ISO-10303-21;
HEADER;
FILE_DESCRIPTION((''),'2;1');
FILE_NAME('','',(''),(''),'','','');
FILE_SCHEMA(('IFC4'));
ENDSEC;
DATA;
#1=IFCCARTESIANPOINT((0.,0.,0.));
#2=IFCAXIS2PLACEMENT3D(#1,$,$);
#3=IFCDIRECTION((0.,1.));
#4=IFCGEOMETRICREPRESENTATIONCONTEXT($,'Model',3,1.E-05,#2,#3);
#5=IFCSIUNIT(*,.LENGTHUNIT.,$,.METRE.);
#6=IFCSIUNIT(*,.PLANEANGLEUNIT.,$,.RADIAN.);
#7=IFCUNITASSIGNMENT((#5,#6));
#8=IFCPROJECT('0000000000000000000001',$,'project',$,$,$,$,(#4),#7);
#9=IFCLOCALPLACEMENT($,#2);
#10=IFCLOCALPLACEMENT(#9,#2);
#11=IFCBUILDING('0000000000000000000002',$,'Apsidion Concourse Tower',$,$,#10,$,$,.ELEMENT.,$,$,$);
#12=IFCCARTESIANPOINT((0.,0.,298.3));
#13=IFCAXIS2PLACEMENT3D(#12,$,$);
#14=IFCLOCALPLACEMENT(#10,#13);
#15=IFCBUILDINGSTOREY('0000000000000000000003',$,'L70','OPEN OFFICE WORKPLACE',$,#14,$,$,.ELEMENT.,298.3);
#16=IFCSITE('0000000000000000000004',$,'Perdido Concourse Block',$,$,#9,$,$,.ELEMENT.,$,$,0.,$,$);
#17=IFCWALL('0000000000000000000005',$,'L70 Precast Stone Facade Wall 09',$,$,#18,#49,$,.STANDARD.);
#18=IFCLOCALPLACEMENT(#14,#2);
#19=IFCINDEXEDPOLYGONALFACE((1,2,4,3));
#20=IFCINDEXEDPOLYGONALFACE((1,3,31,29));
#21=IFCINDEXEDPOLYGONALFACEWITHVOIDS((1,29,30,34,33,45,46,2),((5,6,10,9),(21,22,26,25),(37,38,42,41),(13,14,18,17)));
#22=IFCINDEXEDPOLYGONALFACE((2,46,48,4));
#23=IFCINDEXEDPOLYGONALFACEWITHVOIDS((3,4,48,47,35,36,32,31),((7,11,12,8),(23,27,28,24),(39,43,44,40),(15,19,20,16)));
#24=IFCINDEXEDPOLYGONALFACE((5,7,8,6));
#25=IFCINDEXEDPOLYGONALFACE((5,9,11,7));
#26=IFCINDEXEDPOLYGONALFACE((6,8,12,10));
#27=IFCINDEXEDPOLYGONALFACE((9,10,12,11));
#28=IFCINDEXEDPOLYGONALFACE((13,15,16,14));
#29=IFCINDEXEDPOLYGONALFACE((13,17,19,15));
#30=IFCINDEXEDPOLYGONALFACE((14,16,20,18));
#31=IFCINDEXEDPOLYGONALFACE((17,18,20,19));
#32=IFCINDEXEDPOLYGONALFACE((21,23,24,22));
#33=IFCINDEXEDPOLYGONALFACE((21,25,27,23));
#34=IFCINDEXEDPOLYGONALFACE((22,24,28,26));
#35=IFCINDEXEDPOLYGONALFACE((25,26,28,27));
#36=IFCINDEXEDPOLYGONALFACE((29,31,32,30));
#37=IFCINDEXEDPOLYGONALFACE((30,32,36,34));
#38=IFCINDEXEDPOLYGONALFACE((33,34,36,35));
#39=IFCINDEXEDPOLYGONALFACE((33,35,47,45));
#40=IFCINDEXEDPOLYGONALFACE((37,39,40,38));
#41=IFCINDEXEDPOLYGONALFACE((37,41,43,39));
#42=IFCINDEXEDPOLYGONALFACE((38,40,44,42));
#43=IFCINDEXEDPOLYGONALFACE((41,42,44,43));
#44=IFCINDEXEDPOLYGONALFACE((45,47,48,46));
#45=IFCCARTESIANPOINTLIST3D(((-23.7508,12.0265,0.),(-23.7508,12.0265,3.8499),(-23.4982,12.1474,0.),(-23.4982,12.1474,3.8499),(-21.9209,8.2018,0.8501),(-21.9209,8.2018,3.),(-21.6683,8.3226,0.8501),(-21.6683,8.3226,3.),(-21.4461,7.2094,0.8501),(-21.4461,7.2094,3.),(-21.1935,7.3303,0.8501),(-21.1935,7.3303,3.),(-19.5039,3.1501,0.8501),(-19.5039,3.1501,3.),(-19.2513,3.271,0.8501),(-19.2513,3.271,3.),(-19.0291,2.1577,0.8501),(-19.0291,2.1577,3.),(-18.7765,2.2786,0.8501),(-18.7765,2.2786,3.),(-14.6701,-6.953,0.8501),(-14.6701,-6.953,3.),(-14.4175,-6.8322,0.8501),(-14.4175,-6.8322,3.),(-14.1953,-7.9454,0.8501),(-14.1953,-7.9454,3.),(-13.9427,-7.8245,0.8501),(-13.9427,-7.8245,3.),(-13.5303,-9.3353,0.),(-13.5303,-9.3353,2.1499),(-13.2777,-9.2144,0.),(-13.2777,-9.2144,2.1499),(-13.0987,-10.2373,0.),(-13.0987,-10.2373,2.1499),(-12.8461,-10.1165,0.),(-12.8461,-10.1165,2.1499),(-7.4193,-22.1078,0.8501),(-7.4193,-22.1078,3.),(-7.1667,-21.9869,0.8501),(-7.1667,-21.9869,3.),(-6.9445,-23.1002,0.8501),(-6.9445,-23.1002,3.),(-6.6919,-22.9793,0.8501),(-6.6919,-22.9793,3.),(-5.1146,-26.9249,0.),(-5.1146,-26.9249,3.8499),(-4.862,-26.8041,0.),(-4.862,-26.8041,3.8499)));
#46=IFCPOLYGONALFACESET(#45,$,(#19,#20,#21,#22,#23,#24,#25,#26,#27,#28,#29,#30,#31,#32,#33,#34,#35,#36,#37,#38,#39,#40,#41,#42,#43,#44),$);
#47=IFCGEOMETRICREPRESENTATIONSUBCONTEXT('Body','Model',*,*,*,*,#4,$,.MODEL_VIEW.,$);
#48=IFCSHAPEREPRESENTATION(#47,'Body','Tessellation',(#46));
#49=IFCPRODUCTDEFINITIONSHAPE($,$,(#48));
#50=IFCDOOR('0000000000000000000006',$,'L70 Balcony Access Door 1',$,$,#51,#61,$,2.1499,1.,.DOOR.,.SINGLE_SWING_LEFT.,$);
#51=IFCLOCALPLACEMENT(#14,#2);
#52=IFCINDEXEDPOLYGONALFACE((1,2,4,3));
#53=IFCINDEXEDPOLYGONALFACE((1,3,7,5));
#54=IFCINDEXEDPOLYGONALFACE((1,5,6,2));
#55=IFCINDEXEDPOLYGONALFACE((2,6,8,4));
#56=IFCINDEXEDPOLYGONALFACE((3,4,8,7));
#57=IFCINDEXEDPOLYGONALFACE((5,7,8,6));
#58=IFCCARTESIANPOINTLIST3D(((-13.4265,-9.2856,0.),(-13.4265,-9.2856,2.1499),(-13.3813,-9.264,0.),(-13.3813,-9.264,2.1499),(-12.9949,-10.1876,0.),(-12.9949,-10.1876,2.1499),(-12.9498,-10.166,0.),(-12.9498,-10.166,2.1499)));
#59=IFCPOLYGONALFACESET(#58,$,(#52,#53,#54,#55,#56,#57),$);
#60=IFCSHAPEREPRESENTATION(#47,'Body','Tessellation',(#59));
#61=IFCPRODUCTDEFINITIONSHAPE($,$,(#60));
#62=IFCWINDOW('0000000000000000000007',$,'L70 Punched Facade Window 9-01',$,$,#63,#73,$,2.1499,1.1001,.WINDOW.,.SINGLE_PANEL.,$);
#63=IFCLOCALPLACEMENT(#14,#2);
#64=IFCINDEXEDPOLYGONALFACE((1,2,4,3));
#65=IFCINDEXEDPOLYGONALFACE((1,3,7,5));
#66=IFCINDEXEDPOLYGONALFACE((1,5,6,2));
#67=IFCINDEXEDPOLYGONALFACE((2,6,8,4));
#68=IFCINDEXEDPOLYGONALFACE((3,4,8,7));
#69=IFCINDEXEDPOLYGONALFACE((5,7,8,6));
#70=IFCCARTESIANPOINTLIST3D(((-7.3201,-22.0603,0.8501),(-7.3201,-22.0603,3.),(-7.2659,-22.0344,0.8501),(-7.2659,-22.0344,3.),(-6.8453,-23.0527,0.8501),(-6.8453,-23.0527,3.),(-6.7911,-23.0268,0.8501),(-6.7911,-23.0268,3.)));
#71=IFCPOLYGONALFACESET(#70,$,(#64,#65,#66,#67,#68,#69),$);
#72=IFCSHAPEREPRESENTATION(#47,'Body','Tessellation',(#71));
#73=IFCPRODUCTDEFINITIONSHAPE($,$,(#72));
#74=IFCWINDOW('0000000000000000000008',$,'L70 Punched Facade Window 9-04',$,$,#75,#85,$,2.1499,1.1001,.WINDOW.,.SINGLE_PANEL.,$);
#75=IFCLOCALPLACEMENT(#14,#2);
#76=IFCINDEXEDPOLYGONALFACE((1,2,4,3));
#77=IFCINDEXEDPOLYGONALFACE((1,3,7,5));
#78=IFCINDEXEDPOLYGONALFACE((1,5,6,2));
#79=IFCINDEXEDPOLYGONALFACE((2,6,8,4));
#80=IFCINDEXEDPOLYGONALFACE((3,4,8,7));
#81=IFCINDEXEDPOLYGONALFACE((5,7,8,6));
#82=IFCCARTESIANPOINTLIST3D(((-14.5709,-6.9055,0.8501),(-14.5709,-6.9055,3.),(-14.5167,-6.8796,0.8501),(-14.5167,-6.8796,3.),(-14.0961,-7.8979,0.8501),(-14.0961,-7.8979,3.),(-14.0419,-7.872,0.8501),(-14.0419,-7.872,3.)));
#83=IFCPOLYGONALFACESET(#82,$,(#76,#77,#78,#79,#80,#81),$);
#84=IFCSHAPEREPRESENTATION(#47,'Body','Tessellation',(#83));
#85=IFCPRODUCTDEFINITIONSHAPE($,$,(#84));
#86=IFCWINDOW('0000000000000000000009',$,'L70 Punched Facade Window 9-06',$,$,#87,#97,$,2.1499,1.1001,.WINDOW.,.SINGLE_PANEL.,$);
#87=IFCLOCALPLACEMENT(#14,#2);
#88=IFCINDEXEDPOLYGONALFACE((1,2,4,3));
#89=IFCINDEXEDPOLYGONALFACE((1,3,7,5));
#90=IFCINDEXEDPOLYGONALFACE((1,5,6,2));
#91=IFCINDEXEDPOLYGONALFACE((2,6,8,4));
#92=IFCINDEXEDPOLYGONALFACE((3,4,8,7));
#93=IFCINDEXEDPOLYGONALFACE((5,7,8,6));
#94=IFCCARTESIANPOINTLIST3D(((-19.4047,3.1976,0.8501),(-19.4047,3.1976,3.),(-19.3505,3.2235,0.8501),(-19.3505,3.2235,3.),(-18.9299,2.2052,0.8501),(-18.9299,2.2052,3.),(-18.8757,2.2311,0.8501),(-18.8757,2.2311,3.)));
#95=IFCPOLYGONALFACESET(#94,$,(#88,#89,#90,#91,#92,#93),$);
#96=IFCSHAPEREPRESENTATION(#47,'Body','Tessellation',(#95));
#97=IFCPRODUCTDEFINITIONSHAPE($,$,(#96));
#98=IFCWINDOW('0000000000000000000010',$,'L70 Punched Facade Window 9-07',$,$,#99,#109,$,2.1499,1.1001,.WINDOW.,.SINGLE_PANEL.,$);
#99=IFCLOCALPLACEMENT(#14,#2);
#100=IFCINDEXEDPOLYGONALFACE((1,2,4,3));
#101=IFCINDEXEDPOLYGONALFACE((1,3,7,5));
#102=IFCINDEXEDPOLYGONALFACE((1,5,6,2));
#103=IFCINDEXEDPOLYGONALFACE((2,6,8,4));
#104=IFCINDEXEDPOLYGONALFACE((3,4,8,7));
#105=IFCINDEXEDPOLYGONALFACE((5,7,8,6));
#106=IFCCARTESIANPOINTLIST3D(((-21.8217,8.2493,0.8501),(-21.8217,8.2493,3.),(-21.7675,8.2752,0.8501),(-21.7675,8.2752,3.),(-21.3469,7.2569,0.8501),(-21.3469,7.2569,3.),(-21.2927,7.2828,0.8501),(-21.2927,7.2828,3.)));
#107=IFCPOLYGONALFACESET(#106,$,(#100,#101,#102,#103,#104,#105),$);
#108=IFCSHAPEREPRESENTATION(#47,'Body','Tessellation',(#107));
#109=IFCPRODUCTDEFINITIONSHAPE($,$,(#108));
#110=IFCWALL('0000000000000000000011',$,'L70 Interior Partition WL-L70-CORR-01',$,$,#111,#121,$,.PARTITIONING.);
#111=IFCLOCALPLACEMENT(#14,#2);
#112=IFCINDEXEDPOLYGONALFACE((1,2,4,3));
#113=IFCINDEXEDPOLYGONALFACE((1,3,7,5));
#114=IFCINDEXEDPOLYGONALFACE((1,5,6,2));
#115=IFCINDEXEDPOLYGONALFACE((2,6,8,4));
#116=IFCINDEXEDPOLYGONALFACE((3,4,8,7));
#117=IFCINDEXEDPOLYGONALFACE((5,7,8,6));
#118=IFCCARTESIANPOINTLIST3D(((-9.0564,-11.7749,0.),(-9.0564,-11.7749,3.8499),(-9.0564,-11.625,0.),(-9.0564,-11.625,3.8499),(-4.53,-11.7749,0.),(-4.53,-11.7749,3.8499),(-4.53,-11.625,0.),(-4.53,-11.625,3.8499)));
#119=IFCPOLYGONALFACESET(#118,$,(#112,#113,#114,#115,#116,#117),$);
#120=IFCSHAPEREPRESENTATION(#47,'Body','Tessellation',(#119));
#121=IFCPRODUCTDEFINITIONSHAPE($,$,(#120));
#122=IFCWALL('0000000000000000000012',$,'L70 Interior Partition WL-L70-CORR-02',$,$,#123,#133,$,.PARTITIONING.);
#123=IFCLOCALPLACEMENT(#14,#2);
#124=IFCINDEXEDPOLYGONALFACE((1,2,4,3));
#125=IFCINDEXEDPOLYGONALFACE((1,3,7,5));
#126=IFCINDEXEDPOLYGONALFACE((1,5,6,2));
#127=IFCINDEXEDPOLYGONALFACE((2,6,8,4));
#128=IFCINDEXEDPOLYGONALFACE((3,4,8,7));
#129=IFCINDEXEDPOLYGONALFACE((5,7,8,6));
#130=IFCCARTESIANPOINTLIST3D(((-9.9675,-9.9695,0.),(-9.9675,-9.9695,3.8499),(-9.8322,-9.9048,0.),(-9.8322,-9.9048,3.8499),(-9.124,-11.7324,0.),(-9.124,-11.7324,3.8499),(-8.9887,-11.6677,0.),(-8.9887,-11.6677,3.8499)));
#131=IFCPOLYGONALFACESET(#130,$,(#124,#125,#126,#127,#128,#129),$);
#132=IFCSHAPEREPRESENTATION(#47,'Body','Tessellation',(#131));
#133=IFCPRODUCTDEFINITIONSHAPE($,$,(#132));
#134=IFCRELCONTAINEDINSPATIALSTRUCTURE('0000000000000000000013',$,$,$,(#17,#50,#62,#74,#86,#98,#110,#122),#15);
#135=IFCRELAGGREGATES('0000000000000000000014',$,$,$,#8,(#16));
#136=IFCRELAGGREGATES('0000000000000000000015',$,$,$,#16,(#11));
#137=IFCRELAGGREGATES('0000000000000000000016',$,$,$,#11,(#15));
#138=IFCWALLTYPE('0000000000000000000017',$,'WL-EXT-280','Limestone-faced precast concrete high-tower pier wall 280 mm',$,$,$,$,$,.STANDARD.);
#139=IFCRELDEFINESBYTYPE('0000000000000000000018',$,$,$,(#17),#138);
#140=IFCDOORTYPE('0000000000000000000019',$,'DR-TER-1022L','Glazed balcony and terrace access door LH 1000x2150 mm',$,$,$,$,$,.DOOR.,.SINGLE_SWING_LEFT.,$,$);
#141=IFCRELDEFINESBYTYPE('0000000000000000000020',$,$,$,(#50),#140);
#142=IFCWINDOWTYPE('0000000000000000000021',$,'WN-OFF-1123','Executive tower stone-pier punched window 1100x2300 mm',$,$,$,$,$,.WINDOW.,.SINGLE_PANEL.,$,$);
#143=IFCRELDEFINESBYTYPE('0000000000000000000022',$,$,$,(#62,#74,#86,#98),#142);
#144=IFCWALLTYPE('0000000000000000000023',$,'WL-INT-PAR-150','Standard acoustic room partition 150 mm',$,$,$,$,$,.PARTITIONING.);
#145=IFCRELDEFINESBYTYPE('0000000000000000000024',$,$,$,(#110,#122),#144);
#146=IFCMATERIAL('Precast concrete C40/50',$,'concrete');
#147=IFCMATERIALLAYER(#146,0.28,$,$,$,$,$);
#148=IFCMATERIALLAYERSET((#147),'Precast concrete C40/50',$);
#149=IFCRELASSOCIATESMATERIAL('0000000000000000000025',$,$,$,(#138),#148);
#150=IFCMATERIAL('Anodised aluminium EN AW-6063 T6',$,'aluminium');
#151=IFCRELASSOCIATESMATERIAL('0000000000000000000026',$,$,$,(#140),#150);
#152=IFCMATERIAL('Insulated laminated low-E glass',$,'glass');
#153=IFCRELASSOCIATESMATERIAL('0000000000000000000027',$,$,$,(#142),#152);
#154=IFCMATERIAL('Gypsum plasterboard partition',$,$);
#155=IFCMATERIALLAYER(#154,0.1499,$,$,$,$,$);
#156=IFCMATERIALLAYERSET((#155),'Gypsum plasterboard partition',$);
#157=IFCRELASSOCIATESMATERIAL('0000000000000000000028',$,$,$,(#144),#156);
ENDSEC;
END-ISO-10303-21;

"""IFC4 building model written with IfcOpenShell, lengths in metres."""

from ifc_helpers import new_model, si_unit, direction, frame, frame_2d, origin, place, context, subcontext, project, spatial, rectangle, extrude, material, layer, layer_set, type_object, element, fill, save


model = new_model("IFC4")

# Units and contexts
model_context = context("Model", 3, precision=1e-05, world=origin(), true_north=direction((0.0, 1.0)))
body_context = subcontext(model_context, "Body", "Model", "MODEL_VIEW")
ifc_project = project(units=[si_unit("LENGTHUNIT", "METRE"), si_unit("PLANEANGLEUNIT", "RADIAN")], contexts=[model_context])

# Site, building, storey
site_placement = place(None, origin())
site = spatial("IfcSite", under=ifc_project, at=site_placement, Name="Perdido Concourse Block", CompositionType="ELEMENT", RefElevation=0.0)
building_placement = place(site_placement, origin())
building = spatial("IfcBuilding", under=site, at=building_placement, Name="Apsidion Concourse Tower", CompositionType="ELEMENT")
storey_placement = place(building_placement, frame((0.0, 0.0, 298.3)))
storey = spatial("IfcBuildingStorey", under=building, at=storey_placement, Name="L70", Description="OPEN OFFICE WORKPLACE", CompositionType="ELEMENT", Elevation=298.3)

# Shared definitions
ifc_material_1 = material(Name="Precast concrete C40/50", Category="concrete")
ifc_layer_1 = layer(ifc_material_1, 0.28)
ifc_layer_set_1 = layer_set([ifc_layer_1], Name="Precast concrete C40/50")
wall_type_1 = type_object("IfcWallType", Name="WL-EXT-280", Description="Limestone-faced precast concrete high-tower pier wall 280 mm", PredefinedType="STANDARD", material=ifc_layer_set_1)

# Wall, openings, door, windows
wall_1_placement = place(storey_placement, frame((-4.9883, -26.8645, 0.0), z_axis=(0.0, 0.0, 1.0), x_axis=(-0.431593, 0.902068, 0.0)))
wall_1 = element("IfcWall", 1, at=wall_1_placement, inside=storey, type_object=wall_type_1, Name="L70 Precast Stone Facade Wall 09", PredefinedType="STANDARD", context=body_context, shape_type="SweptSolid", body=[
    extrude(rectangle(XDim=43.1802, YDim=0.28, at=frame_2d((21.5901, 0.0))), origin(), (0.0, 0.0, 1.0), 3.8499),
])
opening_1_placement = place(wall_1_placement, frame((18.4993, 0.0, 0.0)))
opening_1 = element("IfcOpeningElement", 2, at=opening_1_placement, cuts=wall_1, PredefinedType="OPENING", context=body_context, shape_type="SweptSolid", body=[
    extrude(rectangle(XDim=1.0, YDim=2.1499, at=frame_2d((0.5, 1.075))), frame((0.0, 0.1499, 0.0), z_axis=(0.0, -1.0, 0.0), x_axis=(1.0, 0.0, 0.0)), (0.0, 0.0, 1.0), 0.3),
])
opening_2_placement = place(wall_1_placement, frame((4.24, 0.0, 0.8501)))
opening_2 = element("IfcOpeningElement", 3, at=opening_2_placement, cuts=wall_1, PredefinedType="OPENING", context=body_context, shape_type="SweptSolid", body=[
    extrude(rectangle(XDim=1.1001, YDim=2.1499, at=frame_2d((0.55, 1.075))), frame((0.0, 0.1499, 0.0), z_axis=(0.0, -1.0, 0.0), x_axis=(1.0, 0.0, 0.0)), (0.0, 0.0, 1.0), 0.3),
])
opening_3_placement = place(wall_1_placement, frame((21.04, 0.0, 0.8501)))
opening_3 = element("IfcOpeningElement", 4, at=opening_3_placement, cuts=wall_1, PredefinedType="OPENING", context=body_context, shape_type="SweptSolid", body=[
    extrude(rectangle(XDim=1.1001, YDim=2.1499, at=frame_2d((0.55, 1.075))), frame((0.0, 0.1499, 0.0), z_axis=(0.0, -1.0, 0.0), x_axis=(1.0, 0.0, 0.0)), (0.0, 0.0, 1.0), 0.3),
])
opening_4_placement = place(wall_1_placement, frame((32.24, 0.0, 0.8501)))
opening_4 = element("IfcOpeningElement", 5, at=opening_4_placement, cuts=wall_1, PredefinedType="OPENING", context=body_context, shape_type="SweptSolid", body=[
    extrude(rectangle(XDim=1.1001, YDim=2.1499, at=frame_2d((0.55, 1.075))), frame((0.0, 0.1499, 0.0), z_axis=(0.0, -1.0, 0.0), x_axis=(1.0, 0.0, 0.0)), (0.0, 0.0, 1.0), 0.3),
])
opening_5_placement = place(wall_1_placement, frame((37.8401, 0.0, 0.8501)))
opening_5 = element("IfcOpeningElement", 6, at=opening_5_placement, cuts=wall_1, PredefinedType="OPENING", context=body_context, shape_type="SweptSolid", body=[
    extrude(rectangle(XDim=1.1001, YDim=2.1499, at=frame_2d((0.55, 1.075))), frame((0.0, 0.1499, 0.0), z_axis=(0.0, -1.0, 0.0), x_axis=(1.0, 0.0, 0.0)), (0.0, 0.0, 1.0), 0.3),
])
ifc_material_2 = material(Name="Anodised aluminium EN AW-6063 T6", Category="aluminium")
door_type_1 = type_object("IfcDoorType", Name="DR-TER-1022L", Description="Glazed balcony and terrace access door LH 1000x2150 mm", OperationType="SINGLE_SWING_LEFT", PredefinedType="DOOR", material=ifc_material_2)
door_1_placement = place(opening_1_placement, origin())
door_1 = element("IfcDoor", 7, at=door_1_placement, inside=storey, type_object=door_type_1, Name="L70 Balcony Access Door 1", OperationType="SINGLE_SWING_LEFT", OverallHeight=2.1499, OverallWidth=1.0, PredefinedType="DOOR", context=body_context, shape_type="SweptSolid", body=[
    extrude(rectangle(XDim=1.0, YDim=2.1499, at=frame_2d((0.5, 1.075))), frame((0.0, 0.0249, 0.0), z_axis=(0.0, -1.0, 0.0), x_axis=(1.0, 0.0, 0.0)), (0.0, 0.0, 1.0), 0.05),
])
fill(opening_1, door_1)
ifc_material_3 = material(Name="Insulated laminated low-E glass", Category="glass")
window_type = type_object("IfcWindowType", Name="WN-OFF-1123", Description="Executive tower stone-pier punched window 1100x2300 mm", PartitioningType="SINGLE_PANEL", PredefinedType="WINDOW", material=ifc_material_3)
window_1_placement = place(opening_2_placement, origin())
window_1 = element("IfcWindow", 8, at=window_1_placement, inside=storey, type_object=window_type, Name="L70 Punched Facade Window 9-01", OverallHeight=2.1499, OverallWidth=1.1001, PartitioningType="SINGLE_PANEL", PredefinedType="WINDOW", context=body_context, shape_type="SweptSolid", body=[
    extrude(rectangle(XDim=1.1001, YDim=2.1499, at=frame_2d((0.55, 1.075))), frame((0.0, 0.03, 0.0), z_axis=(0.0, -1.0, 0.0), x_axis=(1.0, 0.0, 0.0)), (0.0, 0.0, 1.0), 0.0601),
])
fill(opening_2, window_1)
window_2_placement = place(opening_3_placement, origin())
window_2 = element("IfcWindow", 9, at=window_2_placement, inside=storey, type_object=window_type, Name="L70 Punched Facade Window 9-04", OverallHeight=2.1499, OverallWidth=1.1001, PartitioningType="SINGLE_PANEL", PredefinedType="WINDOW", context=body_context, shape_type="SweptSolid", body=[
    extrude(rectangle(XDim=1.1001, YDim=2.1499, at=frame_2d((0.55, 1.075))), frame((0.0, 0.03, 0.0), z_axis=(0.0, -1.0, 0.0), x_axis=(1.0, 0.0, 0.0)), (0.0, 0.0, 1.0), 0.0601),
])
fill(opening_3, window_2)
window_3_placement = place(opening_4_placement, origin())
window_3 = element("IfcWindow", 10, at=window_3_placement, inside=storey, type_object=window_type, Name="L70 Punched Facade Window 9-06", OverallHeight=2.1499, OverallWidth=1.1001, PartitioningType="SINGLE_PANEL", PredefinedType="WINDOW", context=body_context, shape_type="SweptSolid", body=[
    extrude(rectangle(XDim=1.1001, YDim=2.1499, at=frame_2d((0.55, 1.075))), frame((0.0, 0.03, 0.0), z_axis=(0.0, -1.0, 0.0), x_axis=(1.0, 0.0, 0.0)), (0.0, 0.0, 1.0), 0.0601),
])
fill(opening_4, window_3)
window_4_placement = place(opening_5_placement, origin())
window_4 = element("IfcWindow", 11, at=window_4_placement, inside=storey, type_object=window_type, Name="L70 Punched Facade Window 9-07", OverallHeight=2.1499, OverallWidth=1.1001, PartitioningType="SINGLE_PANEL", PredefinedType="WINDOW", context=body_context, shape_type="SweptSolid", body=[
    extrude(rectangle(XDim=1.1001, YDim=2.1499, at=frame_2d((0.55, 1.075))), frame((0.0, 0.03, 0.0), z_axis=(0.0, -1.0, 0.0), x_axis=(1.0, 0.0, 0.0)), (0.0, 0.0, 1.0), 0.0601),
])
fill(opening_5, window_4)

# Walls
ifc_material_4 = material(Name="Gypsum plasterboard partition")
ifc_layer_2 = layer(ifc_material_4, 0.1499)
ifc_layer_set_2 = layer_set([ifc_layer_2], Name="Gypsum plasterboard partition")
wall_type_2 = type_object("IfcWallType", Name="WL-INT-PAR-150", Description="Standard acoustic room partition 150 mm", PredefinedType="PARTITIONING", material=ifc_layer_set_2)
wall_2_placement = place(storey_placement, frame((-4.53, -11.7, 0.0), z_axis=(0.0, 0.0, 1.0), x_axis=(-1.0, 0.0, 0.0)))
element("IfcWall", 12, at=wall_2_placement, inside=storey, type_object=wall_type_2, Name="L70 Interior Partition WL-L70-CORR-01", PredefinedType="PARTITIONING", context=body_context, shape_type="SweptSolid", body=[
    extrude(rectangle(XDim=4.5264, YDim=0.1499, at=frame_2d((2.2632, 0.0))), origin(), (0.0, 0.0, 1.0), 3.8499),
])
wall_3_placement = place(storey_placement, frame((-9.0564, -11.7, 0.0), z_axis=(0.0, 0.0, 1.0), x_axis=(-0.431606, 0.902062, 0.0)))
element("IfcWall", 13, at=wall_3_placement, inside=storey, type_object=wall_type_2, Name="L70 Interior Partition WL-L70-CORR-02", PredefinedType="PARTITIONING", context=body_context, shape_type="SweptSolid", body=[
    extrude(rectangle(XDim=1.9543, YDim=0.1499, at=frame_2d((0.9771, 0.0))), origin(), (0.0, 0.0, 1.0), 3.8499),
])

save(model, "model.ifc")
